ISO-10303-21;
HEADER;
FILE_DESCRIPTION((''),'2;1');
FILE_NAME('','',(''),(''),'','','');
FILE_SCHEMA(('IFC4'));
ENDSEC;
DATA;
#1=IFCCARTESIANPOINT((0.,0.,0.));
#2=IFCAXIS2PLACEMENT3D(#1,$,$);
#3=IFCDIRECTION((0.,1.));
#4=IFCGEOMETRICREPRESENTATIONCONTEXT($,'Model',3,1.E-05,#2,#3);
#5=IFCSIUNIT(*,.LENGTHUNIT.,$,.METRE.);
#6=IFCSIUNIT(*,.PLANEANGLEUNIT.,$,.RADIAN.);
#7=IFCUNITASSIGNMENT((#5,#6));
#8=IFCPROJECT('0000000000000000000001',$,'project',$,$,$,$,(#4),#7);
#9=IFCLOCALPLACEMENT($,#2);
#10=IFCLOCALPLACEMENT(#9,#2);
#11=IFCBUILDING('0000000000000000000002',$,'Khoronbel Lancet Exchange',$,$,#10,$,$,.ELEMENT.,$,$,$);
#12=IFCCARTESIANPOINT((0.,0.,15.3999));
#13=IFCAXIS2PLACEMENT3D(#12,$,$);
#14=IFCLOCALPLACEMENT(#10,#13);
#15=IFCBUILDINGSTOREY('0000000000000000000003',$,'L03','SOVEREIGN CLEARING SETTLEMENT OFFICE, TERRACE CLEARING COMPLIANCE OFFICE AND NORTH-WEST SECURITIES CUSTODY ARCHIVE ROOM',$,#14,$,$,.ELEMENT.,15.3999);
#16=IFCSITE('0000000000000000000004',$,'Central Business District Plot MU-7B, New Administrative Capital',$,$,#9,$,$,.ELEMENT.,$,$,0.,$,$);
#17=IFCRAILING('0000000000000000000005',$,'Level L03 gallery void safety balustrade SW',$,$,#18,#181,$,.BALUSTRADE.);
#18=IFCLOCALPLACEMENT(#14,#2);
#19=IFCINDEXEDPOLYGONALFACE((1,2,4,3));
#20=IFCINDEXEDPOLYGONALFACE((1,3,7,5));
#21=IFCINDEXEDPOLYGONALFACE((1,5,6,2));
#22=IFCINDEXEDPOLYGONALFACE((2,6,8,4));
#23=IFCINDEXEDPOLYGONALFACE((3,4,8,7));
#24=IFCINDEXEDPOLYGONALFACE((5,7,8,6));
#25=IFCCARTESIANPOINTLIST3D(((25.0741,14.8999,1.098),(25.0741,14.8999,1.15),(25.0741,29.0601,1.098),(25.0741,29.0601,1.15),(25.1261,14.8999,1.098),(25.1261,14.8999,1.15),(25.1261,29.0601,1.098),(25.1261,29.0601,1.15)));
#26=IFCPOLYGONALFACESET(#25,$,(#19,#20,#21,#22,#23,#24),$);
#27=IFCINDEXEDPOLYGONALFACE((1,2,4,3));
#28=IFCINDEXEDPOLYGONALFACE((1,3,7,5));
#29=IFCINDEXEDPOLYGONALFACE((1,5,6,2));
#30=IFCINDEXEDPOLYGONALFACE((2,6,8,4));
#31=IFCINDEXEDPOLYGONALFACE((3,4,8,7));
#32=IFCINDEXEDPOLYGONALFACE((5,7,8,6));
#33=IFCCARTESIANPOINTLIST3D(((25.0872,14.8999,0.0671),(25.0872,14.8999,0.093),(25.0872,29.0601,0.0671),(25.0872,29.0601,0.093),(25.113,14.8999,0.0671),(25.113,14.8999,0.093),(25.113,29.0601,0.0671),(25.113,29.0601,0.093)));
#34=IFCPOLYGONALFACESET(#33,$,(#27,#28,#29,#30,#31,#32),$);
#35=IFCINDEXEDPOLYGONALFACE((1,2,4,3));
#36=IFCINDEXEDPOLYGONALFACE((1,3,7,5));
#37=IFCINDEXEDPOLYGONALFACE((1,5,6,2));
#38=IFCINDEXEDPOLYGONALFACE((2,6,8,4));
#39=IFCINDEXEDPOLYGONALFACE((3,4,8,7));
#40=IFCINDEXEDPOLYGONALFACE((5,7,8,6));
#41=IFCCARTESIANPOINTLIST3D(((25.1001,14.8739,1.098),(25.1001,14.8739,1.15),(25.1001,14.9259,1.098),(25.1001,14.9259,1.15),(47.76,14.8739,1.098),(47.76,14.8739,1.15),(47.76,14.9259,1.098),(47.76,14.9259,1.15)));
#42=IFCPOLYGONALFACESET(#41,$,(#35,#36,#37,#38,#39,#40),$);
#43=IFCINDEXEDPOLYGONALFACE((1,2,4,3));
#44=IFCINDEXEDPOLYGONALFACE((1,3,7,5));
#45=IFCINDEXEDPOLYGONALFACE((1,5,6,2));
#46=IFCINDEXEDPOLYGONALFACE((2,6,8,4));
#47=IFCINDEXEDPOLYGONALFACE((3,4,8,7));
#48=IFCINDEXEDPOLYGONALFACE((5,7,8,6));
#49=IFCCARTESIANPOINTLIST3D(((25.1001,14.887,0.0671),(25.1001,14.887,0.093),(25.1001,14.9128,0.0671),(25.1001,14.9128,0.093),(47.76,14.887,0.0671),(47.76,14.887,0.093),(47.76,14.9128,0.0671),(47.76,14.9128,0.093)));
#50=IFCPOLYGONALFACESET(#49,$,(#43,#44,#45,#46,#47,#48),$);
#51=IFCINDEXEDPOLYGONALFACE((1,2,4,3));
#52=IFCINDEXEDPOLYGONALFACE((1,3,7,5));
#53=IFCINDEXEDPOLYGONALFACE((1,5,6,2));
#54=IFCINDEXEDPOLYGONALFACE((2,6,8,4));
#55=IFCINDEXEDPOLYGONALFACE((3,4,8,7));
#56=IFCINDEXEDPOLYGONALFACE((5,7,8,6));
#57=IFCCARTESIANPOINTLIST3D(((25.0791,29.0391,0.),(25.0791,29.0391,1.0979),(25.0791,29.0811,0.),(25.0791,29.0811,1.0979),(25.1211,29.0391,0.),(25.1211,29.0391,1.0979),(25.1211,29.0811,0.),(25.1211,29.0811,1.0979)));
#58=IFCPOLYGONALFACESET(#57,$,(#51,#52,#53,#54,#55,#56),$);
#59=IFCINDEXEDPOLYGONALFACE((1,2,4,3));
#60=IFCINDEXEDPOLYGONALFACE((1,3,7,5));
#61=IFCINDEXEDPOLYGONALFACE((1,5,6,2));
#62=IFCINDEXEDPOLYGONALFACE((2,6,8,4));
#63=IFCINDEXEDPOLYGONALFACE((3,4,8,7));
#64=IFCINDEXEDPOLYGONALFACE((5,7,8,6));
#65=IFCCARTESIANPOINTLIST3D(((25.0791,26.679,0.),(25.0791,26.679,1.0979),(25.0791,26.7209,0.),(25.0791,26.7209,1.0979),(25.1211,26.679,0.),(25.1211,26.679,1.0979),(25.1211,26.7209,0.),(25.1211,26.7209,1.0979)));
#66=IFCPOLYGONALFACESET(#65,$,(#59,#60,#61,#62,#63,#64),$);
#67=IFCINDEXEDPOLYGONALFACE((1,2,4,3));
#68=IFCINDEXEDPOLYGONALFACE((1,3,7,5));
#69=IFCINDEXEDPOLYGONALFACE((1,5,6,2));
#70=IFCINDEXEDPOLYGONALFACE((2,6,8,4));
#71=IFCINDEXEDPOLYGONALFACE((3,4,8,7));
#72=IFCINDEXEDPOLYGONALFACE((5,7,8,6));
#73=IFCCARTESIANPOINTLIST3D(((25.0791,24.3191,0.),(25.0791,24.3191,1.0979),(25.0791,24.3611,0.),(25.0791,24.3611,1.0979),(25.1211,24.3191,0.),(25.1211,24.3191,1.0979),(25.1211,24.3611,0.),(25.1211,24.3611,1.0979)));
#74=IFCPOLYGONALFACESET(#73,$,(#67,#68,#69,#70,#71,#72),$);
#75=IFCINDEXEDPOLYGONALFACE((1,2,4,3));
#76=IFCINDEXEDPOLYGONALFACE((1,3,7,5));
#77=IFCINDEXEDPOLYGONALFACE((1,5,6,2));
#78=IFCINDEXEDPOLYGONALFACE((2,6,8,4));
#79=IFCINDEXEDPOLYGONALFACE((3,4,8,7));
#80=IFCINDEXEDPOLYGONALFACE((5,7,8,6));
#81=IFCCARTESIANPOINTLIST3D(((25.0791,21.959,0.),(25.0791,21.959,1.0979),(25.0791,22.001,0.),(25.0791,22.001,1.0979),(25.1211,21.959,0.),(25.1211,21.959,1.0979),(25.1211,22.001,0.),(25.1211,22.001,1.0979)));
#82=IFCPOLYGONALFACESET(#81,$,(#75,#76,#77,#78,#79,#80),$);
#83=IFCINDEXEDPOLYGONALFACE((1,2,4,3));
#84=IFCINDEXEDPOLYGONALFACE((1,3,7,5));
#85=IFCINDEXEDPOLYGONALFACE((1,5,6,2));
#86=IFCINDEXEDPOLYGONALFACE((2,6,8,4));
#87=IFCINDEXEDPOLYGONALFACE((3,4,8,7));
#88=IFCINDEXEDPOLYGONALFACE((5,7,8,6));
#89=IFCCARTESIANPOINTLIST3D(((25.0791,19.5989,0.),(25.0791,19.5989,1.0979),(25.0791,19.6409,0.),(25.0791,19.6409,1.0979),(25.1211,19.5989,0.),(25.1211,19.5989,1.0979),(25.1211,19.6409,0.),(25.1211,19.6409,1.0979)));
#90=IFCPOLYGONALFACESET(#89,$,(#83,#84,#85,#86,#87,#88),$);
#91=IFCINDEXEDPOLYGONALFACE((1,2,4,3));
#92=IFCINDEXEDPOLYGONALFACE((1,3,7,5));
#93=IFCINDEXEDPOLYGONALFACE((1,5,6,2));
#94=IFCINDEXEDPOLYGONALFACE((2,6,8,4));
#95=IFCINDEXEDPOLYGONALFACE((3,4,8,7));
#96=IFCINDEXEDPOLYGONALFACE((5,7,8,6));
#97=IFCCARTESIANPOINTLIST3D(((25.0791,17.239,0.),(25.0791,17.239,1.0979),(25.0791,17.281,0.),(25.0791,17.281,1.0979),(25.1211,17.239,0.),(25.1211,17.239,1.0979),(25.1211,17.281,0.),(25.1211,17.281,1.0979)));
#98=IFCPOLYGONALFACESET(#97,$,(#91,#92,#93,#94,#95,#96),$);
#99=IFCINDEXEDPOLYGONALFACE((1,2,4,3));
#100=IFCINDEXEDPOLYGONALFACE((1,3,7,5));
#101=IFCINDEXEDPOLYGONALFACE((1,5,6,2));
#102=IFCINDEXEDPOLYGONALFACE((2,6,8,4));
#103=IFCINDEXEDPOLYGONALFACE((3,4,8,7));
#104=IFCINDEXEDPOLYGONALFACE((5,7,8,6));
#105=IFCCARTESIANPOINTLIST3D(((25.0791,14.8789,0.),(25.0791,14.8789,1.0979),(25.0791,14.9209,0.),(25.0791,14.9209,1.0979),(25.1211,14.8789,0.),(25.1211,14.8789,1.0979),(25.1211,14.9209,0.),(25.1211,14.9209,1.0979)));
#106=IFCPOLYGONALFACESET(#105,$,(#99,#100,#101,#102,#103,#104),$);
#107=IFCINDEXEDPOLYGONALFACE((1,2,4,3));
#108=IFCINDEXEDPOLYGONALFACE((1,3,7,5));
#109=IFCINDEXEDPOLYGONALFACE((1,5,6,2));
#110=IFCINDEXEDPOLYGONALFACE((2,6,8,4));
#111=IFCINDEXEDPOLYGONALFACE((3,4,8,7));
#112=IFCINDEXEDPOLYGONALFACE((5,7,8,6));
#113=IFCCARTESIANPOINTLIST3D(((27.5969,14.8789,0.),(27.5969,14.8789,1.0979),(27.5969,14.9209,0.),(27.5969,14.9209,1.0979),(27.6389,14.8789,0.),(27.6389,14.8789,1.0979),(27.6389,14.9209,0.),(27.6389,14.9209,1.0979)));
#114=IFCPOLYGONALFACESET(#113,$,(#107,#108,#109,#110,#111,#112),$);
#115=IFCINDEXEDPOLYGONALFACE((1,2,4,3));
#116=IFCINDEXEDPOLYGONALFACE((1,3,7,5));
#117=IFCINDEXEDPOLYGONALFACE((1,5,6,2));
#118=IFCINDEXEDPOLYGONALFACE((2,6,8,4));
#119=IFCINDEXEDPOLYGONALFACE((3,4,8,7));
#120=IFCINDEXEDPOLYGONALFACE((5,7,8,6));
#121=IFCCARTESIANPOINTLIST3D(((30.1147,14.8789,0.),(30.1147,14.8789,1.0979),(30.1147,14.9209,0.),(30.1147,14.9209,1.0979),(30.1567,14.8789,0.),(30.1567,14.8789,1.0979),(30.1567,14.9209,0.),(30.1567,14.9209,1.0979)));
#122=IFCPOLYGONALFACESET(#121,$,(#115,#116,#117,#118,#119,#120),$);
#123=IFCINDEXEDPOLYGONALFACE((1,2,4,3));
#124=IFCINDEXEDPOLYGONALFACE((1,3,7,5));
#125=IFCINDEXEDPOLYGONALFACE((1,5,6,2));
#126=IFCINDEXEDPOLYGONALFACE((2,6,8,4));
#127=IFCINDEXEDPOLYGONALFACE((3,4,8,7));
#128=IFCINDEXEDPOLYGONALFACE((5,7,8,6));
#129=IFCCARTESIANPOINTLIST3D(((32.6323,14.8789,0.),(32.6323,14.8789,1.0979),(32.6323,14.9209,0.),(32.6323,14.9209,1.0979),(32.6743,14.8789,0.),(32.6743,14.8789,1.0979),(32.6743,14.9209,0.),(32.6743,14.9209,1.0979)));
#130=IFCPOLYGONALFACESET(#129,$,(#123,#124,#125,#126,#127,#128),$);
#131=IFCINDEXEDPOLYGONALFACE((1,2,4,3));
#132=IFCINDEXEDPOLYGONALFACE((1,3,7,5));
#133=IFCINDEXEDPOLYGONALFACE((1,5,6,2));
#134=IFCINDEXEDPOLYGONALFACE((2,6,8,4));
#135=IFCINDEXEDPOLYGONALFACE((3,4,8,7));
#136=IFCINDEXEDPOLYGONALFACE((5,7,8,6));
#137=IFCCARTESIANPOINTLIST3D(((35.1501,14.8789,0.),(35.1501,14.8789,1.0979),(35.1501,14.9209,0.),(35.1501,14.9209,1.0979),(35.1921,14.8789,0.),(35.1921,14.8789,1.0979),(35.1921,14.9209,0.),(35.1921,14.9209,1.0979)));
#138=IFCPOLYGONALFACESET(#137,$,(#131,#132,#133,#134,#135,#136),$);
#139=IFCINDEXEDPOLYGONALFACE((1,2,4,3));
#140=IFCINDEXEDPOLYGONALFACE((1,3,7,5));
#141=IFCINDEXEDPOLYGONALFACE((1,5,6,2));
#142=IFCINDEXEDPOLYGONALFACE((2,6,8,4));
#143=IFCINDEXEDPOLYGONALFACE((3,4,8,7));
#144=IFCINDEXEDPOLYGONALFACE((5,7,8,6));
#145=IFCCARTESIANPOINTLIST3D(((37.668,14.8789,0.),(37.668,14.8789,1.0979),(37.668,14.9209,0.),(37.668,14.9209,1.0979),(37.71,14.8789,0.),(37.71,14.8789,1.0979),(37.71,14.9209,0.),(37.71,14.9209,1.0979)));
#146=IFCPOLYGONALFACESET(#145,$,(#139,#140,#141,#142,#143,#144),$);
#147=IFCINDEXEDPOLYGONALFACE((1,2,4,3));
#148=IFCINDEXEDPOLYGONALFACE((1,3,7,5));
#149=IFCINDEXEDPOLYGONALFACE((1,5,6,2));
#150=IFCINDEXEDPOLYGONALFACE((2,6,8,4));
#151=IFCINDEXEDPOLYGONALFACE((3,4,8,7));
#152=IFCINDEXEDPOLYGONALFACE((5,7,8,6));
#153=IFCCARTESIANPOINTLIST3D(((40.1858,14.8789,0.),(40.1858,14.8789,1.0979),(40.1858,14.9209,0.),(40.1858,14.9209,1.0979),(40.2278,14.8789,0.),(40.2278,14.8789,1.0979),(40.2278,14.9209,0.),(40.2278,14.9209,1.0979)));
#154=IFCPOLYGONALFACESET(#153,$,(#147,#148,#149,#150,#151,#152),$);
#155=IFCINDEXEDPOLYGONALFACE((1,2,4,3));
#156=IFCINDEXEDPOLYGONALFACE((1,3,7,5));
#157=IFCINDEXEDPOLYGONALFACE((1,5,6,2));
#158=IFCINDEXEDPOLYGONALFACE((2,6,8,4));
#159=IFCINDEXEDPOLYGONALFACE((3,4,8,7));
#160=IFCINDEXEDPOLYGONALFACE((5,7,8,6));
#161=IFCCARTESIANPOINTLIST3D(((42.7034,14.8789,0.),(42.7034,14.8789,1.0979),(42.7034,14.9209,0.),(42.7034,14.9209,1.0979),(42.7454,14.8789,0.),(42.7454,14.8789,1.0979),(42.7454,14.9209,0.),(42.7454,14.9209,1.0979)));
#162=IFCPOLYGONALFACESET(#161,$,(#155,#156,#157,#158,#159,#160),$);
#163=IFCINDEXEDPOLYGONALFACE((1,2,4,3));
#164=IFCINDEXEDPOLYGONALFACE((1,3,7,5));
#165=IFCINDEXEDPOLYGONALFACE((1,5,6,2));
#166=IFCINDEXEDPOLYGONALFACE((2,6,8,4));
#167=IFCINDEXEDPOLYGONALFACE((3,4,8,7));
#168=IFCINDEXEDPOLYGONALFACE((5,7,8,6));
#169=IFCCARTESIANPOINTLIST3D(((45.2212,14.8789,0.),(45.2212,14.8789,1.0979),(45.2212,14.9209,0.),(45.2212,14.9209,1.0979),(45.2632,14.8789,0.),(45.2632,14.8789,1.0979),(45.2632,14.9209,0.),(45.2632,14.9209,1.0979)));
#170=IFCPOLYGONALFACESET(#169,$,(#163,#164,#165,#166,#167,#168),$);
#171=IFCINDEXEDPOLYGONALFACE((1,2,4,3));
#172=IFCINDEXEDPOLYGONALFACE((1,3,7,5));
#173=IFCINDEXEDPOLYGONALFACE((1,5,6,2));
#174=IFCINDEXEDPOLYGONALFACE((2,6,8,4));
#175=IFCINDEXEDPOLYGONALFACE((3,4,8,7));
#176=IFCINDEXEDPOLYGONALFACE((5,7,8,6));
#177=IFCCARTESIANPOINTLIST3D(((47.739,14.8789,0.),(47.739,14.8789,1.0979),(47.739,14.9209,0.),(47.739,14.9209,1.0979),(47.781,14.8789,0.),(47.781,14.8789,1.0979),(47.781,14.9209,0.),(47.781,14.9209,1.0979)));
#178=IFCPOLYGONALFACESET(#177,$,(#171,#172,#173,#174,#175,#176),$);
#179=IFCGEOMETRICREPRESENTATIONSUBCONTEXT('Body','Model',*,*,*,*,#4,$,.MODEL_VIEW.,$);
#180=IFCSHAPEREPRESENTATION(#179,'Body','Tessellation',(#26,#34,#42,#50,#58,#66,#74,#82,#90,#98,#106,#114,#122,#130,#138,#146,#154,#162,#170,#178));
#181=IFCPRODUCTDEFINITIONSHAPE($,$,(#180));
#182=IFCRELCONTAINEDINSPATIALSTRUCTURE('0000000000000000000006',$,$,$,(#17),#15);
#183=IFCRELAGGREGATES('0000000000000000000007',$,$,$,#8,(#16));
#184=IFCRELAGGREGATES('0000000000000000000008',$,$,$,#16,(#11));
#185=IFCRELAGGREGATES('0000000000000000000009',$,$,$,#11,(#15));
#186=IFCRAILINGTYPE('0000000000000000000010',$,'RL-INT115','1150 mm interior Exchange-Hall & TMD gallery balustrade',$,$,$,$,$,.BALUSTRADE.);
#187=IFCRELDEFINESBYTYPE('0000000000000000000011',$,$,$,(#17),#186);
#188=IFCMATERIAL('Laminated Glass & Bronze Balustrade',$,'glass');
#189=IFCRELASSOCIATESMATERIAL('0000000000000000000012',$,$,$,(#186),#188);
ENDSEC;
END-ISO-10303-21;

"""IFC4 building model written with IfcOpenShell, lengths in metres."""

from ifc_helpers import new_model, si_unit, direction, frame, origin, origin_2d, place, context, subcontext, project, spatial, rectangle, extrude, material, type_object, element, save


model = new_model("IFC4")

# Units and contexts
model_context = context("Model", 3, precision=1e-05, world=origin(), true_north=direction((0.0, 1.0)))
body_context = subcontext(model_context, "Body", "Model", "MODEL_VIEW")
ifc_project = project(units=[si_unit("LENGTHUNIT", "METRE"), si_unit("PLANEANGLEUNIT", "RADIAN")], contexts=[model_context])

# Site, building, storey
site_placement = place(None, origin())
site = spatial("IfcSite", under=ifc_project, at=site_placement, Name="Central Business District Plot MU-7B, New Administrative Capital", CompositionType="ELEMENT", RefElevation=0.0)
building_placement = place(site_placement, origin())
building = spatial("IfcBuilding", under=site, at=building_placement, Name="Khoronbel Lancet Exchange", CompositionType="ELEMENT")
storey_placement = place(building_placement, frame((0.0, 0.0, 15.3999)))
storey = spatial("IfcBuildingStorey", under=building, at=storey_placement, Name="L03", Description="SOVEREIGN CLEARING SETTLEMENT OFFICE, TERRACE CLEARING COMPLIANCE OFFICE AND NORTH-WEST SECURITIES CUSTODY ARCHIVE ROOM", CompositionType="ELEMENT", Elevation=15.3999)

# Railing
ifc_material_1 = material(Name="Laminated Glass & Bronze Balustrade", Category="glass")
railing_type = type_object("IfcRailingType", Name="RL-INT115", Description="1150 mm interior Exchange-Hall & TMD gallery balustrade", PredefinedType="BALUSTRADE", material=ifc_material_1)
railing_1_placement = place(storey_placement, frame((25.1001, 29.0601, 0.0)))
element("IfcRailing", 1, at=railing_1_placement, inside=storey, type_object=railing_type, Name="Level L03 gallery void safety balustrade SW", PredefinedType="BALUSTRADE", context=body_context, shape_type="SweptSolid", body=[
    extrude(rectangle(XDim=0.052, YDim=0.052, at=origin_2d()), frame((0.0, 0.0, 1.124), z_axis=(0.0, -1.0, 0.0), x_axis=(1.0, 0.0, 0.0)), (0.0, 0.0, 1.0), 14.1602),
    extrude(rectangle(XDim=0.0259, YDim=0.0259, at=origin_2d()), frame((0.0, 0.0, 0.0801), z_axis=(0.0, -1.0, 0.0), x_axis=(1.0, 0.0, 0.0)), (0.0, 0.0, 1.0), 14.1602),
    extrude(rectangle(XDim=0.052, YDim=0.052, at=origin_2d()), frame((0.0, -14.1602, 1.124), z_axis=(1.0, 0.0, 0.0), x_axis=(0.0, 1.0, 0.0)), (0.0, 0.0, 1.0), 22.6599),
    extrude(rectangle(XDim=0.0259, YDim=0.0259, at=origin_2d()), frame((0.0, -14.1602, 0.0801), z_axis=(1.0, 0.0, 0.0), x_axis=(0.0, 1.0, 0.0)), (0.0, 0.0, 1.0), 22.6599),
    extrude(rectangle(XDim=0.042, YDim=0.042, at=origin_2d()), origin(), (0.0, 0.0, 1.0), 1.0979),
    extrude(rectangle(XDim=0.042, YDim=0.042, at=origin_2d()), frame((0.0, -2.3601, 0.0)), (0.0, 0.0, 1.0), 1.0979),
    extrude(rectangle(XDim=0.042, YDim=0.042, at=origin_2d()), frame((0.0, -4.72, 0.0)), (0.0, 0.0, 1.0), 1.0979),
    extrude(rectangle(XDim=0.042, YDim=0.042, at=origin_2d()), frame((0.0, -7.0801, 0.0)), (0.0, 0.0, 1.0), 1.0979),
    extrude(rectangle(XDim=0.042, YDim=0.042, at=origin_2d()), frame((0.0, -9.4402, 0.0)), (0.0, 0.0, 1.0), 1.0979),
    extrude(rectangle(XDim=0.042, YDim=0.042, at=origin_2d()), frame((0.0, -11.8, 0.0)), (0.0, 0.0, 1.0), 1.0979),
    extrude(rectangle(XDim=0.042, YDim=0.042, at=origin_2d()), frame((0.0, -14.1602, 0.0)), (0.0, 0.0, 1.0), 1.0979),
    extrude(rectangle(XDim=0.042, YDim=0.042, at=origin_2d()), frame((2.5178, -14.1602, 0.0)), (0.0, 0.0, 1.0), 1.0979),
    extrude(rectangle(XDim=0.042, YDim=0.042, at=origin_2d()), frame((5.0356, -14.1602, 0.0)), (0.0, 0.0, 1.0), 1.0979),
    extrude(rectangle(XDim=0.042, YDim=0.042, at=origin_2d()), frame((7.5532, -14.1602, 0.0)), (0.0, 0.0, 1.0), 1.0979),
    extrude(rectangle(XDim=0.042, YDim=0.042, at=origin_2d()), frame((10.071, -14.1602, 0.0)), (0.0, 0.0, 1.0), 1.0979),
    extrude(rectangle(XDim=0.042, YDim=0.042, at=origin_2d()), frame((12.5889, -14.1602, 0.0)), (0.0, 0.0, 1.0), 1.0979),
    extrude(rectangle(XDim=0.042, YDim=0.042, at=origin_2d()), frame((15.1067, -14.1602, 0.0)), (0.0, 0.0, 1.0), 1.0979),
    extrude(rectangle(XDim=0.042, YDim=0.042, at=origin_2d()), frame((17.6243, -14.1602, 0.0)), (0.0, 0.0, 1.0), 1.0979),
    extrude(rectangle(XDim=0.042, YDim=0.042, at=origin_2d()), frame((20.1421, -14.1602, 0.0)), (0.0, 0.0, 1.0), 1.0979),
    extrude(rectangle(XDim=0.042, YDim=0.042, at=origin_2d()), frame((22.6599, -14.1602, 0.0)), (0.0, 0.0, 1.0), 1.0979),
])

save(model, "model.ifc")
